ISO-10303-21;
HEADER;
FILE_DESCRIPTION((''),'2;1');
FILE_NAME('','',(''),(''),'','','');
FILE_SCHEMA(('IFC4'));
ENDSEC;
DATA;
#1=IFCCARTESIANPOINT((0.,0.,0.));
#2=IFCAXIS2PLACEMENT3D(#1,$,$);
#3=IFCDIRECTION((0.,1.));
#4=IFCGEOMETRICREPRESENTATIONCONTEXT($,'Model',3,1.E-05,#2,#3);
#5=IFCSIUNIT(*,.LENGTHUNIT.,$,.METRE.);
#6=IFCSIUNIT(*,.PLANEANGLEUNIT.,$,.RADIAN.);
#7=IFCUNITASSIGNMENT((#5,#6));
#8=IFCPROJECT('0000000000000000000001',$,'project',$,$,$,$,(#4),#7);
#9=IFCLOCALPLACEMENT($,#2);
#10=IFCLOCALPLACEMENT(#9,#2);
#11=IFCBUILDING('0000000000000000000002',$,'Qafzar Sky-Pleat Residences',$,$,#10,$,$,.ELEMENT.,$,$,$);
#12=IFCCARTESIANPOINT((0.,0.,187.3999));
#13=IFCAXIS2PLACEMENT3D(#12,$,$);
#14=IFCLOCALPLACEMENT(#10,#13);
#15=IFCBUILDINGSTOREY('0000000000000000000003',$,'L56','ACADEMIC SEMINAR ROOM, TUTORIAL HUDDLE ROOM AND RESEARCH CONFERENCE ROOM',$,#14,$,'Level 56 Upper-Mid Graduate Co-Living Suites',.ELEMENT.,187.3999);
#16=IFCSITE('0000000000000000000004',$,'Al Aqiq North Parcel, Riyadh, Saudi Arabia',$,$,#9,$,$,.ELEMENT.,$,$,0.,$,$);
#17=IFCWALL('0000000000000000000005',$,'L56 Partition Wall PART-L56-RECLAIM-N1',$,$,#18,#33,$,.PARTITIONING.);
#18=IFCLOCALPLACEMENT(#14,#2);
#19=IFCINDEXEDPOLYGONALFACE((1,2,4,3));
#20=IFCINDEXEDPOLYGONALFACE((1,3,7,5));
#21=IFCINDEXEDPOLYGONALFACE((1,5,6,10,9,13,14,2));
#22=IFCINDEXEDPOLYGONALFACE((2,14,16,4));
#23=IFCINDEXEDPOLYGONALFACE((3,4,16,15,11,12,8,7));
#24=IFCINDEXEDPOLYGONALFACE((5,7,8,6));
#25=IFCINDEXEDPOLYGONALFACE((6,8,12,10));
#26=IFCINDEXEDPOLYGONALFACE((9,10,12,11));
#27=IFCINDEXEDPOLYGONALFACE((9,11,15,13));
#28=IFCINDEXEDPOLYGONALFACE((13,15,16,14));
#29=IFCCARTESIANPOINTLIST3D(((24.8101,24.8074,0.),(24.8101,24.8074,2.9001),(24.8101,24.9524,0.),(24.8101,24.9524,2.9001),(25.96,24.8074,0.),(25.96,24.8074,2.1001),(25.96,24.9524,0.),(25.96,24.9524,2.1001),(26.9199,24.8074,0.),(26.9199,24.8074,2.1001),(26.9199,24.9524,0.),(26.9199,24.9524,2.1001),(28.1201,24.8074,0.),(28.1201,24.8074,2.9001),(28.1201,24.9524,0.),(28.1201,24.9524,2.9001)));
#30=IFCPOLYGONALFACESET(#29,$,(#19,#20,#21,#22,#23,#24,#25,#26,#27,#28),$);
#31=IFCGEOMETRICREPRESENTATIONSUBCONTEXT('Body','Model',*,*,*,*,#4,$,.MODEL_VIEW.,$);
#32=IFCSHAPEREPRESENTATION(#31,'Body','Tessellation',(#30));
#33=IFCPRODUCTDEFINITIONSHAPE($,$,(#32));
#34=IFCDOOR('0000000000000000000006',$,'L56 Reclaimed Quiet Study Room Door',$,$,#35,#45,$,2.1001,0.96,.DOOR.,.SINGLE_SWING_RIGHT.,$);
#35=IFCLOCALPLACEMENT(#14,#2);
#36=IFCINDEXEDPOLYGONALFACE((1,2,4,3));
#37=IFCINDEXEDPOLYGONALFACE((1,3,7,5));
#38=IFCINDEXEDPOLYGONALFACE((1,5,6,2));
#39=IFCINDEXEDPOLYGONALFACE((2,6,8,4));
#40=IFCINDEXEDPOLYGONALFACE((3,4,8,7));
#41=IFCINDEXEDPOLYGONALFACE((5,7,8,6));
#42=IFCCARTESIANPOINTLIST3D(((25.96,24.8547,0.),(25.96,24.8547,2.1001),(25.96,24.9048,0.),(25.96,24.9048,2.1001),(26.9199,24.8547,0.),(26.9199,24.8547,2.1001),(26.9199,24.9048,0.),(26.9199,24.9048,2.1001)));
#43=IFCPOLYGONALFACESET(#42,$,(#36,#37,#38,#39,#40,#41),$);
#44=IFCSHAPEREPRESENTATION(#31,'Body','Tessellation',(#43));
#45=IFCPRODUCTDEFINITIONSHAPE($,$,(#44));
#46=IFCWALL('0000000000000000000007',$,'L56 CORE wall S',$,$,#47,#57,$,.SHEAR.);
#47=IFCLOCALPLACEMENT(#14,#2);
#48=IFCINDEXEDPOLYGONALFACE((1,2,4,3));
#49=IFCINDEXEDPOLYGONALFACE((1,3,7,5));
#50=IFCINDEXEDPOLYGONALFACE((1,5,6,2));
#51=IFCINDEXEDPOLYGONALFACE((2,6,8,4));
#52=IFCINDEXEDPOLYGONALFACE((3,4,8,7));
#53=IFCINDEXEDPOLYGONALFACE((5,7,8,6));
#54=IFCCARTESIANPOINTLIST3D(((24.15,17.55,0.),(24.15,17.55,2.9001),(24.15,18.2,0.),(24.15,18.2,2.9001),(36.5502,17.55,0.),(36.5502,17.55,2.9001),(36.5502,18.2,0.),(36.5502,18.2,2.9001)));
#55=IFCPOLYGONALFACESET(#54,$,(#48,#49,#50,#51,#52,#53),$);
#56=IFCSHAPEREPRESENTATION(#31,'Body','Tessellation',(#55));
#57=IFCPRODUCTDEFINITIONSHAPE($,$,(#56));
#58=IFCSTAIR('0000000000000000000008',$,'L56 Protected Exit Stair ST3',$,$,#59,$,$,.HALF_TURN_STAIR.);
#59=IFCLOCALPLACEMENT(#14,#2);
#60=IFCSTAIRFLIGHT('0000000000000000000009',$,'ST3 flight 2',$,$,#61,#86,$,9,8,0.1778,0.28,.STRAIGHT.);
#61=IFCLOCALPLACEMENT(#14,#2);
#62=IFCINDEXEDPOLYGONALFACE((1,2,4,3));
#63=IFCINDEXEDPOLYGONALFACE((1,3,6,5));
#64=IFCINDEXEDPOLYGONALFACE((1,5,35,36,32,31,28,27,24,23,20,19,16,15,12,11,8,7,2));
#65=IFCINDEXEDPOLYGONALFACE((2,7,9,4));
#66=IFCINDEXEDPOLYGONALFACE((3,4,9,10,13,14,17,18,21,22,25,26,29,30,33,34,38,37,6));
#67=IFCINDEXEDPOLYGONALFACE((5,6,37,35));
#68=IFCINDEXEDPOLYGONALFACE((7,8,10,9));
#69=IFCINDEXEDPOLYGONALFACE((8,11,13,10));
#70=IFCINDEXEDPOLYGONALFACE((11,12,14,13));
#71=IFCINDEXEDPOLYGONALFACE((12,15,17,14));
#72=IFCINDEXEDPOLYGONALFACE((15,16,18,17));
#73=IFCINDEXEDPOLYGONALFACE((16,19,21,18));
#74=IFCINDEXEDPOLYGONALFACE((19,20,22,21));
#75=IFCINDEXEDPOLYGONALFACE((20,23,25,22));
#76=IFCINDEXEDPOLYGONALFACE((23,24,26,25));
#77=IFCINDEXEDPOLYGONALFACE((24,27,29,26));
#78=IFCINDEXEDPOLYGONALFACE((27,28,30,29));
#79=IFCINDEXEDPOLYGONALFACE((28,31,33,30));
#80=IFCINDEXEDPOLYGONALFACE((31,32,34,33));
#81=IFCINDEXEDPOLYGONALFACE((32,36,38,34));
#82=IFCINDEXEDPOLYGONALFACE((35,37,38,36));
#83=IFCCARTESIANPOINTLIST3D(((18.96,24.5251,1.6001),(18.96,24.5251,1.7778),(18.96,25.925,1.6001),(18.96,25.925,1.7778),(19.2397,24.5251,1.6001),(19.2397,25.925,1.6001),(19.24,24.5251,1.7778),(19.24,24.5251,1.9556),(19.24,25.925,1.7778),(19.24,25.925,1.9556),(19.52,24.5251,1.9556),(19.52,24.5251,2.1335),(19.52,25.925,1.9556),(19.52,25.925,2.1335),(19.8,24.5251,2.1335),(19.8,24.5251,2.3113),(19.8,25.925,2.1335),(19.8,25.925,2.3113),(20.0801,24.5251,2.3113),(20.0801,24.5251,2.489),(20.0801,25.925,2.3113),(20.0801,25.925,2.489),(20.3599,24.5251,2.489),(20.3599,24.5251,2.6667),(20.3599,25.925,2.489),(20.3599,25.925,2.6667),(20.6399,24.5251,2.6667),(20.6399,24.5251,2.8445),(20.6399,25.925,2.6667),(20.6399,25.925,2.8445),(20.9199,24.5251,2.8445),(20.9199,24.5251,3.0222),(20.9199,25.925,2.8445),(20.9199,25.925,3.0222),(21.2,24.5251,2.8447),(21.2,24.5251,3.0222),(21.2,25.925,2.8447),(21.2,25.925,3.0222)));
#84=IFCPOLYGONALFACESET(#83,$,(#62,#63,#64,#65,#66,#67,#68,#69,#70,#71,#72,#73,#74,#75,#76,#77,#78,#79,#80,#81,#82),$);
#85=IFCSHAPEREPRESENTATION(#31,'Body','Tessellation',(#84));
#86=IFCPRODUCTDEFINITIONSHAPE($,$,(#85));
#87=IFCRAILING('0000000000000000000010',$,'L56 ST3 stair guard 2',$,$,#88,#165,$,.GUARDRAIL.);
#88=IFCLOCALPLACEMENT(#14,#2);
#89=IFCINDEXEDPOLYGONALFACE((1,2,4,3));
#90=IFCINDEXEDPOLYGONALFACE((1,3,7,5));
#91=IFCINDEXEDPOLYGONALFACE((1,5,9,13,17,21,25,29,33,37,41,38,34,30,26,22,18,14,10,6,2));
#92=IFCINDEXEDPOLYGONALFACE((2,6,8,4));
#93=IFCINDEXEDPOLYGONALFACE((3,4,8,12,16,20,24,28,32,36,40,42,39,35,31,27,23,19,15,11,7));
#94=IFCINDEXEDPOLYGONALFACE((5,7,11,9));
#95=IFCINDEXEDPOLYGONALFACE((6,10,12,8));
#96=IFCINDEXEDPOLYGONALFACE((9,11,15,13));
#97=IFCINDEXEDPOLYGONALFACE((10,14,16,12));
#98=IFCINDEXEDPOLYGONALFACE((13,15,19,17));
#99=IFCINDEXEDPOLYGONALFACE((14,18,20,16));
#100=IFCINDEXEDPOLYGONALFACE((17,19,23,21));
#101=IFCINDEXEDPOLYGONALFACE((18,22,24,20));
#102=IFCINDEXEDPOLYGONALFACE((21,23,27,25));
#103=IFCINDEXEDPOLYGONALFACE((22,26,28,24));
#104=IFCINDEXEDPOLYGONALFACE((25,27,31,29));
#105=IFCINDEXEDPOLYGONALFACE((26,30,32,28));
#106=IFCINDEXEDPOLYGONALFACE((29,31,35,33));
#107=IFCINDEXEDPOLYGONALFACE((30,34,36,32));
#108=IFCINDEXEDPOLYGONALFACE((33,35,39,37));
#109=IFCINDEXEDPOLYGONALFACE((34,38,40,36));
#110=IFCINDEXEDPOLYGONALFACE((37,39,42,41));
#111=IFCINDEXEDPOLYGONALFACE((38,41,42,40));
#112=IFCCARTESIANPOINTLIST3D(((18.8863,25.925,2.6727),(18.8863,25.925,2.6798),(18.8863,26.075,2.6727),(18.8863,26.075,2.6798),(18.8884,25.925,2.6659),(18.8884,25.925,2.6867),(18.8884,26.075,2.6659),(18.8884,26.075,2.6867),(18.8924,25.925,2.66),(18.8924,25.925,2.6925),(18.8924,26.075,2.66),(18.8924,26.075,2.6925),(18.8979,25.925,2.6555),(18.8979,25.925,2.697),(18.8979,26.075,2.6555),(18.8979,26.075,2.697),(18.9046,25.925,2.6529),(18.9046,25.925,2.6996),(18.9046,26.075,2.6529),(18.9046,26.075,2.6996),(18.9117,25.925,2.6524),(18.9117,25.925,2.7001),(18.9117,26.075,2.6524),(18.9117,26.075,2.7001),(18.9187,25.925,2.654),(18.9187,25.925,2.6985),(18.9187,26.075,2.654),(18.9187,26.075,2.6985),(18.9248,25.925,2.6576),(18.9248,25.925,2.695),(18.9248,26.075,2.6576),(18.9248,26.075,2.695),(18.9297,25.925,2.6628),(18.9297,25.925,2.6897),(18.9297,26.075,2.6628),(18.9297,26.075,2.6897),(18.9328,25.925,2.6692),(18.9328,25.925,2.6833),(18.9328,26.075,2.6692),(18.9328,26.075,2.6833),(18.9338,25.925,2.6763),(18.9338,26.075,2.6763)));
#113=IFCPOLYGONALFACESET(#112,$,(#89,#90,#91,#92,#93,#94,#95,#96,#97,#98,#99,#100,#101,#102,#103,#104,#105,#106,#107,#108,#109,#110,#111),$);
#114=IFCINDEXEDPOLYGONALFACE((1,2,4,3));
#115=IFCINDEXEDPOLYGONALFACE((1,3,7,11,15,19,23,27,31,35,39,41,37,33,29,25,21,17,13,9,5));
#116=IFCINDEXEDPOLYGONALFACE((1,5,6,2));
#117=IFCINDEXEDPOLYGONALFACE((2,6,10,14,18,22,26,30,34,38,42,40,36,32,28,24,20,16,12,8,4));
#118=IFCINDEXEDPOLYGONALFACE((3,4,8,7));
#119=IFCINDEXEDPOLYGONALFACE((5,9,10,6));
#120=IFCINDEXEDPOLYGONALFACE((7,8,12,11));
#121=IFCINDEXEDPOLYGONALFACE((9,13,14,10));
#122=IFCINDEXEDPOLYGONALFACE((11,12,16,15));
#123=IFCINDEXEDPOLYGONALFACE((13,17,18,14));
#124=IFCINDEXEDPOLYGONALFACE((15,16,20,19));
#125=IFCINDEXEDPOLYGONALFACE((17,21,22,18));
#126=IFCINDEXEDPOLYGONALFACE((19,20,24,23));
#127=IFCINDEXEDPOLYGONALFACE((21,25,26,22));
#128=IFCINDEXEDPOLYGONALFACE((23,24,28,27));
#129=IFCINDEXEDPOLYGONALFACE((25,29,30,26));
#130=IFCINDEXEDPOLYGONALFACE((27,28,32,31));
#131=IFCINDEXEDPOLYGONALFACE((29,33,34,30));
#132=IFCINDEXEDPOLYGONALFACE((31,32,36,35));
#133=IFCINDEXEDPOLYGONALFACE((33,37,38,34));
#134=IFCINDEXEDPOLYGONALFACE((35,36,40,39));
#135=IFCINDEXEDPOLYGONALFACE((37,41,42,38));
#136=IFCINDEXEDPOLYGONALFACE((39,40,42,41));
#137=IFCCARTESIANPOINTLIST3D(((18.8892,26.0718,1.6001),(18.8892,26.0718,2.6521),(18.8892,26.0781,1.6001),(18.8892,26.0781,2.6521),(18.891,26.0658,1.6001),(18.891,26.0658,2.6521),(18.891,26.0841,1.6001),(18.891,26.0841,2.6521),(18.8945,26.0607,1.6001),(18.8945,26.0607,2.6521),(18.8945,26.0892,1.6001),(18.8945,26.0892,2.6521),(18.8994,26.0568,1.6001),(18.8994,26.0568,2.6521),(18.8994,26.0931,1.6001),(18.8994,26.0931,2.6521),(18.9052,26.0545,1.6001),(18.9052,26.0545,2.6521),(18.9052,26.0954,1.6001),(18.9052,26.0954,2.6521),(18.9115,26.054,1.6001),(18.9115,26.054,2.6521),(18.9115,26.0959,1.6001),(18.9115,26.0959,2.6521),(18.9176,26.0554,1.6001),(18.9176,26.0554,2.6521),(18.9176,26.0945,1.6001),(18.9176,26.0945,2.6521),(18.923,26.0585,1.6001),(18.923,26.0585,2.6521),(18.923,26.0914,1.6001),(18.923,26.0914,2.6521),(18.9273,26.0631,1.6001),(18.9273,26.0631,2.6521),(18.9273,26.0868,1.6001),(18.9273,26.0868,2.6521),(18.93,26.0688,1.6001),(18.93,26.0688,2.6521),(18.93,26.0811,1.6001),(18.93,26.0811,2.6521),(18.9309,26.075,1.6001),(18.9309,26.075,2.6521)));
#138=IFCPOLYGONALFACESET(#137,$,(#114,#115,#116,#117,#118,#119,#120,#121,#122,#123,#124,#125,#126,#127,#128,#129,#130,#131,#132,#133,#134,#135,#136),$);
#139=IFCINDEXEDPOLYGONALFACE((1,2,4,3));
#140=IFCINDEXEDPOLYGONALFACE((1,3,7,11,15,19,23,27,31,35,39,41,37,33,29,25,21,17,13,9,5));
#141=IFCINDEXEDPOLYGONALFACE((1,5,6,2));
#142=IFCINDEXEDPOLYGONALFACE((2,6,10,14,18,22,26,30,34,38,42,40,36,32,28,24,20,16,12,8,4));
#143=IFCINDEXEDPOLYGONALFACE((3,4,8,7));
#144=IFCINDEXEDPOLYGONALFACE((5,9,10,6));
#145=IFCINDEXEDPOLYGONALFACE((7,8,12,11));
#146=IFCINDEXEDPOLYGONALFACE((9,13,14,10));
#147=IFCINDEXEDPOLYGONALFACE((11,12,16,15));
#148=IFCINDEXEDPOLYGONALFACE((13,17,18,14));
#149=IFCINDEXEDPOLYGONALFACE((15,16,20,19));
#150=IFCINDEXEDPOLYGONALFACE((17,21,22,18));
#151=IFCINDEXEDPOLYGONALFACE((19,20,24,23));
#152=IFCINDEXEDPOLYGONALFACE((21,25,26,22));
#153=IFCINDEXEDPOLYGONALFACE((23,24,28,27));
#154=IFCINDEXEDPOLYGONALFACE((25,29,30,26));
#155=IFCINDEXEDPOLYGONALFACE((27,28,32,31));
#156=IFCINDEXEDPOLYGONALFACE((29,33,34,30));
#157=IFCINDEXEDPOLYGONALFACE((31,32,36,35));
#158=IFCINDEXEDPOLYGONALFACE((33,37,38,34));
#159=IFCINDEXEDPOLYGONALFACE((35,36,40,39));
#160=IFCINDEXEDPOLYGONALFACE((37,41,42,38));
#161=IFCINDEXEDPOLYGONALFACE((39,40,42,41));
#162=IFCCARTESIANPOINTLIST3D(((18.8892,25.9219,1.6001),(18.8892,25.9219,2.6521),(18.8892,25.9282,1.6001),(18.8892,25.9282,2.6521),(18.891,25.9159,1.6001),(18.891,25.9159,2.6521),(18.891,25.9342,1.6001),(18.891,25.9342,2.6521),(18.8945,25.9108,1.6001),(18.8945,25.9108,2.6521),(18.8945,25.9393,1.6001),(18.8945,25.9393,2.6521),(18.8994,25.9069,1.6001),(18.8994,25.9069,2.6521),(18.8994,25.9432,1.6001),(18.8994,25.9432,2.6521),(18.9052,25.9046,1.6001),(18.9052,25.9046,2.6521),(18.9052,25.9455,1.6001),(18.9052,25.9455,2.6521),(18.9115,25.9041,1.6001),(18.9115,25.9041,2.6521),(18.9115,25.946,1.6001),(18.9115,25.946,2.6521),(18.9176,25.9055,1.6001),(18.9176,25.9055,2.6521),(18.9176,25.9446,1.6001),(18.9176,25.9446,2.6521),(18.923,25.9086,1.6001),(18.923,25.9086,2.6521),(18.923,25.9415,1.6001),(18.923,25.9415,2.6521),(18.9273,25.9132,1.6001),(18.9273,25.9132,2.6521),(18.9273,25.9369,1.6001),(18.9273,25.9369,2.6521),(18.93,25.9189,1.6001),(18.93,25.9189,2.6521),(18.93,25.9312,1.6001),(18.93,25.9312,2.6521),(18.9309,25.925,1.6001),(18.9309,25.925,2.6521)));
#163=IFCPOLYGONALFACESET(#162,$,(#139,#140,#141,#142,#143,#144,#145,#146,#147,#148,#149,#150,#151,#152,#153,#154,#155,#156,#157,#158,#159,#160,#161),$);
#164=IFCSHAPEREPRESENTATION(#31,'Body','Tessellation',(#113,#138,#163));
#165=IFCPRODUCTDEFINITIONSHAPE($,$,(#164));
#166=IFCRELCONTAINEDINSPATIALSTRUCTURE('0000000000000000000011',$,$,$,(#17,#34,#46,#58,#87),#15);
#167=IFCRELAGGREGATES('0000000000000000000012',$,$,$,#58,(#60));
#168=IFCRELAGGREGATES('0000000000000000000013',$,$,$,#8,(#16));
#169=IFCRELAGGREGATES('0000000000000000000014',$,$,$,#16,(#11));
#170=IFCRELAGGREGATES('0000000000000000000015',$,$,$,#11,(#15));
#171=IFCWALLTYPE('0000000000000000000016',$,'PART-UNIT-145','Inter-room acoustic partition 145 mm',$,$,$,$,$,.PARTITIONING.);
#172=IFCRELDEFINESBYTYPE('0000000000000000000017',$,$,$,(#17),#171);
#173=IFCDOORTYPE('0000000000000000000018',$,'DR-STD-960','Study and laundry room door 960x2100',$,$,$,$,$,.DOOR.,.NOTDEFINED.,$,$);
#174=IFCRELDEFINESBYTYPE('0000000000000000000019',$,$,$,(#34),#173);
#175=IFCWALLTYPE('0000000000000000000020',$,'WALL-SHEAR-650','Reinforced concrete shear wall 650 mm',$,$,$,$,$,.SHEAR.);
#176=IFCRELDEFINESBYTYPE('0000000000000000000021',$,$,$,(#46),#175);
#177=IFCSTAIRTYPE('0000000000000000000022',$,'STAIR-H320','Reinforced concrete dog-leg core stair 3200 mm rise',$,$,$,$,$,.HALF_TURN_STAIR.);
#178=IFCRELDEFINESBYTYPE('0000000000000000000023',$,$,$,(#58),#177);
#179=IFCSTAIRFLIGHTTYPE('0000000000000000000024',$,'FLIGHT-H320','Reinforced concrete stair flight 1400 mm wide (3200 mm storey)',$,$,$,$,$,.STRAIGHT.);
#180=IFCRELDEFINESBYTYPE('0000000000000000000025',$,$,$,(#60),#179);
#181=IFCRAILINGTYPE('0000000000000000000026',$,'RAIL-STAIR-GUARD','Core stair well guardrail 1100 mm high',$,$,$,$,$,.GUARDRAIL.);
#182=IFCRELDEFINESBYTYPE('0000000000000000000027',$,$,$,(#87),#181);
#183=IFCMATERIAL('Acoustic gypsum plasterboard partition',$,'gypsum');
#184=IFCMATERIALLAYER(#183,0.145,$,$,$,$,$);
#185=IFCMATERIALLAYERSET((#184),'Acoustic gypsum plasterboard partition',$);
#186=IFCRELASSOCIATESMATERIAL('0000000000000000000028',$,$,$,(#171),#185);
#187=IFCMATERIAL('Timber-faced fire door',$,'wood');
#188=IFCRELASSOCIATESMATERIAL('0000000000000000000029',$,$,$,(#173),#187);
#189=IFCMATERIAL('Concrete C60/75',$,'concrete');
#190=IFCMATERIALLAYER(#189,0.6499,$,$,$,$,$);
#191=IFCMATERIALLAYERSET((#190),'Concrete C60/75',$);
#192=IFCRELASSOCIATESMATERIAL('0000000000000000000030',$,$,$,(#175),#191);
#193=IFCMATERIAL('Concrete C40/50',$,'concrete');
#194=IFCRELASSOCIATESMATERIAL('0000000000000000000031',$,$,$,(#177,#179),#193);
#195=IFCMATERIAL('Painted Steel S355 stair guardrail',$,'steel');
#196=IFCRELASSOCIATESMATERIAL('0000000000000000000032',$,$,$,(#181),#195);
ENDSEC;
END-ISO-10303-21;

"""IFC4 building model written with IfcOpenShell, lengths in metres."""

from ifc_helpers import new_model, si_unit, direction, frame, frame_2d, origin, origin_2d, place, context, subcontext, project, spatial, polyline, rectangle, circle, outline, extrude, source, transform, mapped, material, layer, layer_set, type_object, element, fill, aggregate, save


model = new_model("IFC4")

# Units and contexts
model_context = context("Model", 3, precision=1e-05, world=origin(), true_north=direction((0.0, 1.0)))
body_context = subcontext(model_context, "Body", "Model", "MODEL_VIEW")
ifc_project = project(units=[si_unit("LENGTHUNIT", "METRE"), si_unit("PLANEANGLEUNIT", "RADIAN")], contexts=[model_context])

# Site, building, storey
site_placement = place(None, origin())
site = spatial("IfcSite", under=ifc_project, at=site_placement, Name="Al Aqiq North Parcel, Riyadh, Saudi Arabia", CompositionType="ELEMENT", RefElevation=0.0)
building_placement = place(site_placement, origin())
building = spatial("IfcBuilding", under=site, at=building_placement, Name="Qafzar Sky-Pleat Residences", CompositionType="ELEMENT")
storey_placement = place(building_placement, frame((0.0, 0.0, 187.3999)))
storey = spatial("IfcBuildingStorey", under=building, at=storey_placement, Name="L56", Description="ACADEMIC SEMINAR ROOM, TUTORIAL HUDDLE ROOM AND RESEARCH CONFERENCE ROOM", LongName="Level 56 Upper-Mid Graduate Co-Living Suites", CompositionType="ELEMENT", Elevation=187.3999)

# Shared definitions
ifc_material_1 = material(Name="Acoustic gypsum plasterboard partition", Category="gypsum")
ifc_material_2 = material(Name="Timber-faced fire door", Category="wood")

# Wall, opening, door
ifc_layer_1 = layer(ifc_material_1, 0.145)
ifc_layer_set_1 = layer_set([ifc_layer_1], Name="Acoustic gypsum plasterboard partition")
wall_type_1 = type_object("IfcWallType", Name="PART-UNIT-145", Description="Inter-room acoustic partition 145 mm", PredefinedType="PARTITIONING", material=ifc_layer_set_1)
wall_1_placement = place(storey_placement, frame((24.8101, 24.8799, 0.0), z_axis=(0.0, 0.0, 1.0), x_axis=(1.0, 0.0, 0.0)))
wall_1 = element("IfcWall", 1, at=wall_1_placement, inside=storey, type_object=wall_type_1, Name="L56 Partition Wall PART-L56-RECLAIM-N1", PredefinedType="PARTITIONING", context=body_context, shape_type="SweptSolid", body=[
    extrude(rectangle(XDim=3.3101, YDim=0.145, at=frame_2d((1.655, 0.0))), origin(), (0.0, 0.0, 1.0), 2.9001),
])
opening_1_placement = place(wall_1_placement, frame((1.1499, 0.0, 0.0)))
opening_1 = element("IfcOpeningElement", 2, at=opening_1_placement, cuts=wall_1, PredefinedType="OPENING", context=body_context, shape_type="SweptSolid", body=[
    extrude(rectangle(XDim=0.96, YDim=2.1001, at=frame_2d((0.48, 1.05))), frame((0.0, 0.0825, 0.0), z_axis=(0.0, -1.0, 0.0), x_axis=(1.0, 0.0, 0.0)), (0.0, 0.0, 1.0), 0.165),
])
door_type_1 = type_object("IfcDoorType", Name="DR-STD-960", Description="Study and laundry room door 960x2100", OperationType="NOTDEFINED", PredefinedType="DOOR", material=ifc_material_2)
shared_shape_1 = source(origin(), body_context, "Body", "SweptSolid", [
    extrude(rectangle(XDim=0.96, YDim=2.1001, at=frame_2d((0.48, 1.05))), frame((0.0, 0.0249, 0.0), z_axis=(0.0, -1.0, 0.0), x_axis=(1.0, 0.0, 0.0)), (0.0, 0.0, 1.0), 0.05),
])
door_1_placement = place(opening_1_placement, origin())
door_1 = element("IfcDoor", 3, at=door_1_placement, inside=storey, type_object=door_type_1, Name="L56 Reclaimed Quiet Study Room Door", OperationType="SINGLE_SWING_RIGHT", OverallHeight=2.1001, OverallWidth=0.96, PredefinedType="DOOR", context=body_context, shape_type="MappedRepresentation", body=[
    mapped(shared_shape_1, transform((0.0, 0.0, 0.0), x_axis=(1.0, 0.0, 0.0), y_axis=(0.0, 1.0, 0.0), z_axis=(0.0, 0.0, 1.0), scale=1.0)),
])
fill(opening_1, door_1)

# Shared definitions
ifc_material_3 = material(Name="Concrete C60/75", Category="concrete")

# Wall
ifc_layer_2 = layer(ifc_material_3, 0.6499)
ifc_layer_set_2 = layer_set([ifc_layer_2], Name="Concrete C60/75")
wall_type_2 = type_object("IfcWallType", Name="WALL-SHEAR-650", Description="Reinforced concrete shear wall 650 mm", PredefinedType="SHEAR", material=ifc_layer_set_2)
wall_2_placement = place(storey_placement, frame((24.1499, 17.875, 0.0), z_axis=(0.0, 0.0, 1.0), x_axis=(1.0, 0.0, 0.0)))
element("IfcWall", 4, at=wall_2_placement, inside=storey, type_object=wall_type_2, Name="L56 CORE wall S", PredefinedType="SHEAR", context=body_context, shape_type="SweptSolid", body=[
    extrude(rectangle(XDim=12.4001, YDim=0.6499, at=frame_2d((6.2002, 0.0))), origin(), (0.0, 0.0, 1.0), 2.9001),
])

# Stair, stair flight
ifc_material_4 = material(Name="Concrete C40/50", Category="concrete")
stair_type = type_object("IfcStairType", Name="STAIR-H320", Description="Reinforced concrete dog-leg core stair 3200 mm rise", PredefinedType="HALF_TURN_STAIR", material=ifc_material_4)
stair_placement = place(storey_placement, origin())
stair = element("IfcStair", 5, at=stair_placement, inside=storey, type_object=stair_type, Name="L56 Protected Exit Stair ST3", PredefinedType="HALF_TURN_STAIR")
stair_flight_type = type_object("IfcStairFlightType", Name="FLIGHT-H320", Description="Reinforced concrete stair flight 1400 mm wide (3200 mm storey)", PredefinedType="STRAIGHT", material=ifc_material_4)
shared_shape_2 = source(origin(), body_context, "Body", "SweptSolid", [
    extrude(outline(polyline([(0.0, 0.0), (0.0, 0.1777), (0.28, 0.1777), (0.28, 0.3555), (0.5601, 0.3555), (0.5601, 0.5334), (0.8401, 0.5334), (0.8401, 0.7112), (1.1201, 0.7112), (1.1201, 0.8889), (1.3999, 0.8889), (1.3999, 1.0667), (1.6799, 1.0667), (1.6799, 1.2444), (1.96, 1.2444), (1.96, 1.4221), (2.24, 1.4221), (2.24, 1.6001), (2.24, 1.2446), (0.2798, 0.0), (0.0, 0.0)])), frame((0.0, 0.7, 0.0), z_axis=(0.0, -1.0, 0.0), x_axis=(1.0, 0.0, 0.0)), (0.0, 0.0, 1.0), 1.3999),
])
stair_flight_placement = place(storey_placement, frame((18.96, 25.2251, 1.6001), z_axis=(0.0, 0.0, 1.0), x_axis=(1.0, 0.0, 0.0)))
stair_flight = element("IfcStairFlight", 6, at=stair_flight_placement, type_object=stair_flight_type, Name="ST3 flight 2", NumberOfRisers=9, NumberOfTreads=8, PredefinedType="STRAIGHT", RiserHeight=0.1778, TreadLength=0.28, context=body_context, shape_type="MappedRepresentation", body=[
    mapped(shared_shape_2, transform((0.0, 0.0, 0.0), x_axis=(1.0, 0.0, 0.0), y_axis=(0.0, 1.0, 0.0), z_axis=(0.0, 0.0, 1.0), scale=1.0)),
])
aggregate(stair, [stair_flight])

# Railing
ifc_material_5 = material(Name="Painted Steel S355 stair guardrail", Category="steel")
railing_type_1 = type_object("IfcRailingType", Name="RAIL-STAIR-GUARD", Description="Core stair well guardrail 1100 mm high", PredefinedType="GUARDRAIL", material=ifc_material_5)
shared_shape_3 = source(origin(), body_context, "Body", "SweptSolid", [
    extrude(circle(Radius=0.0239, at=origin_2d()), frame((0.0, 0.0, 1.0762), z_axis=(0.0, -1.0, 0.0), x_axis=(1.0, 0.0, 0.0)), (0.0, 0.0, 1.0), 0.1499),
    extrude(circle(Radius=0.021, at=origin_2d()), origin(), (0.0, 0.0, 1.0), 1.052),
    extrude(circle(Radius=0.021, at=origin_2d()), frame((0.0, -0.1499, 0.0)), (0.0, 0.0, 1.0), 1.052),
])
for number, where, name in (
    (7, (18.9099, 26.075, 1.6001), "L56 ST3 stair guard 2"),
):
    element("IfcRailing", number, at=place(storey_placement, frame(where)), inside=storey, type_object=railing_type_1, Name=name, PredefinedType="GUARDRAIL", context=body_context, shape_type="MappedRepresentation", body=[
        mapped(shared_shape_3, transform((0.0, 0.0, 0.0), x_axis=(1.0, 0.0, 0.0), y_axis=(0.0, 1.0, 0.0), z_axis=(0.0, 0.0, 1.0), scale=1.0)),
    ])

save(model, "model.ifc")
